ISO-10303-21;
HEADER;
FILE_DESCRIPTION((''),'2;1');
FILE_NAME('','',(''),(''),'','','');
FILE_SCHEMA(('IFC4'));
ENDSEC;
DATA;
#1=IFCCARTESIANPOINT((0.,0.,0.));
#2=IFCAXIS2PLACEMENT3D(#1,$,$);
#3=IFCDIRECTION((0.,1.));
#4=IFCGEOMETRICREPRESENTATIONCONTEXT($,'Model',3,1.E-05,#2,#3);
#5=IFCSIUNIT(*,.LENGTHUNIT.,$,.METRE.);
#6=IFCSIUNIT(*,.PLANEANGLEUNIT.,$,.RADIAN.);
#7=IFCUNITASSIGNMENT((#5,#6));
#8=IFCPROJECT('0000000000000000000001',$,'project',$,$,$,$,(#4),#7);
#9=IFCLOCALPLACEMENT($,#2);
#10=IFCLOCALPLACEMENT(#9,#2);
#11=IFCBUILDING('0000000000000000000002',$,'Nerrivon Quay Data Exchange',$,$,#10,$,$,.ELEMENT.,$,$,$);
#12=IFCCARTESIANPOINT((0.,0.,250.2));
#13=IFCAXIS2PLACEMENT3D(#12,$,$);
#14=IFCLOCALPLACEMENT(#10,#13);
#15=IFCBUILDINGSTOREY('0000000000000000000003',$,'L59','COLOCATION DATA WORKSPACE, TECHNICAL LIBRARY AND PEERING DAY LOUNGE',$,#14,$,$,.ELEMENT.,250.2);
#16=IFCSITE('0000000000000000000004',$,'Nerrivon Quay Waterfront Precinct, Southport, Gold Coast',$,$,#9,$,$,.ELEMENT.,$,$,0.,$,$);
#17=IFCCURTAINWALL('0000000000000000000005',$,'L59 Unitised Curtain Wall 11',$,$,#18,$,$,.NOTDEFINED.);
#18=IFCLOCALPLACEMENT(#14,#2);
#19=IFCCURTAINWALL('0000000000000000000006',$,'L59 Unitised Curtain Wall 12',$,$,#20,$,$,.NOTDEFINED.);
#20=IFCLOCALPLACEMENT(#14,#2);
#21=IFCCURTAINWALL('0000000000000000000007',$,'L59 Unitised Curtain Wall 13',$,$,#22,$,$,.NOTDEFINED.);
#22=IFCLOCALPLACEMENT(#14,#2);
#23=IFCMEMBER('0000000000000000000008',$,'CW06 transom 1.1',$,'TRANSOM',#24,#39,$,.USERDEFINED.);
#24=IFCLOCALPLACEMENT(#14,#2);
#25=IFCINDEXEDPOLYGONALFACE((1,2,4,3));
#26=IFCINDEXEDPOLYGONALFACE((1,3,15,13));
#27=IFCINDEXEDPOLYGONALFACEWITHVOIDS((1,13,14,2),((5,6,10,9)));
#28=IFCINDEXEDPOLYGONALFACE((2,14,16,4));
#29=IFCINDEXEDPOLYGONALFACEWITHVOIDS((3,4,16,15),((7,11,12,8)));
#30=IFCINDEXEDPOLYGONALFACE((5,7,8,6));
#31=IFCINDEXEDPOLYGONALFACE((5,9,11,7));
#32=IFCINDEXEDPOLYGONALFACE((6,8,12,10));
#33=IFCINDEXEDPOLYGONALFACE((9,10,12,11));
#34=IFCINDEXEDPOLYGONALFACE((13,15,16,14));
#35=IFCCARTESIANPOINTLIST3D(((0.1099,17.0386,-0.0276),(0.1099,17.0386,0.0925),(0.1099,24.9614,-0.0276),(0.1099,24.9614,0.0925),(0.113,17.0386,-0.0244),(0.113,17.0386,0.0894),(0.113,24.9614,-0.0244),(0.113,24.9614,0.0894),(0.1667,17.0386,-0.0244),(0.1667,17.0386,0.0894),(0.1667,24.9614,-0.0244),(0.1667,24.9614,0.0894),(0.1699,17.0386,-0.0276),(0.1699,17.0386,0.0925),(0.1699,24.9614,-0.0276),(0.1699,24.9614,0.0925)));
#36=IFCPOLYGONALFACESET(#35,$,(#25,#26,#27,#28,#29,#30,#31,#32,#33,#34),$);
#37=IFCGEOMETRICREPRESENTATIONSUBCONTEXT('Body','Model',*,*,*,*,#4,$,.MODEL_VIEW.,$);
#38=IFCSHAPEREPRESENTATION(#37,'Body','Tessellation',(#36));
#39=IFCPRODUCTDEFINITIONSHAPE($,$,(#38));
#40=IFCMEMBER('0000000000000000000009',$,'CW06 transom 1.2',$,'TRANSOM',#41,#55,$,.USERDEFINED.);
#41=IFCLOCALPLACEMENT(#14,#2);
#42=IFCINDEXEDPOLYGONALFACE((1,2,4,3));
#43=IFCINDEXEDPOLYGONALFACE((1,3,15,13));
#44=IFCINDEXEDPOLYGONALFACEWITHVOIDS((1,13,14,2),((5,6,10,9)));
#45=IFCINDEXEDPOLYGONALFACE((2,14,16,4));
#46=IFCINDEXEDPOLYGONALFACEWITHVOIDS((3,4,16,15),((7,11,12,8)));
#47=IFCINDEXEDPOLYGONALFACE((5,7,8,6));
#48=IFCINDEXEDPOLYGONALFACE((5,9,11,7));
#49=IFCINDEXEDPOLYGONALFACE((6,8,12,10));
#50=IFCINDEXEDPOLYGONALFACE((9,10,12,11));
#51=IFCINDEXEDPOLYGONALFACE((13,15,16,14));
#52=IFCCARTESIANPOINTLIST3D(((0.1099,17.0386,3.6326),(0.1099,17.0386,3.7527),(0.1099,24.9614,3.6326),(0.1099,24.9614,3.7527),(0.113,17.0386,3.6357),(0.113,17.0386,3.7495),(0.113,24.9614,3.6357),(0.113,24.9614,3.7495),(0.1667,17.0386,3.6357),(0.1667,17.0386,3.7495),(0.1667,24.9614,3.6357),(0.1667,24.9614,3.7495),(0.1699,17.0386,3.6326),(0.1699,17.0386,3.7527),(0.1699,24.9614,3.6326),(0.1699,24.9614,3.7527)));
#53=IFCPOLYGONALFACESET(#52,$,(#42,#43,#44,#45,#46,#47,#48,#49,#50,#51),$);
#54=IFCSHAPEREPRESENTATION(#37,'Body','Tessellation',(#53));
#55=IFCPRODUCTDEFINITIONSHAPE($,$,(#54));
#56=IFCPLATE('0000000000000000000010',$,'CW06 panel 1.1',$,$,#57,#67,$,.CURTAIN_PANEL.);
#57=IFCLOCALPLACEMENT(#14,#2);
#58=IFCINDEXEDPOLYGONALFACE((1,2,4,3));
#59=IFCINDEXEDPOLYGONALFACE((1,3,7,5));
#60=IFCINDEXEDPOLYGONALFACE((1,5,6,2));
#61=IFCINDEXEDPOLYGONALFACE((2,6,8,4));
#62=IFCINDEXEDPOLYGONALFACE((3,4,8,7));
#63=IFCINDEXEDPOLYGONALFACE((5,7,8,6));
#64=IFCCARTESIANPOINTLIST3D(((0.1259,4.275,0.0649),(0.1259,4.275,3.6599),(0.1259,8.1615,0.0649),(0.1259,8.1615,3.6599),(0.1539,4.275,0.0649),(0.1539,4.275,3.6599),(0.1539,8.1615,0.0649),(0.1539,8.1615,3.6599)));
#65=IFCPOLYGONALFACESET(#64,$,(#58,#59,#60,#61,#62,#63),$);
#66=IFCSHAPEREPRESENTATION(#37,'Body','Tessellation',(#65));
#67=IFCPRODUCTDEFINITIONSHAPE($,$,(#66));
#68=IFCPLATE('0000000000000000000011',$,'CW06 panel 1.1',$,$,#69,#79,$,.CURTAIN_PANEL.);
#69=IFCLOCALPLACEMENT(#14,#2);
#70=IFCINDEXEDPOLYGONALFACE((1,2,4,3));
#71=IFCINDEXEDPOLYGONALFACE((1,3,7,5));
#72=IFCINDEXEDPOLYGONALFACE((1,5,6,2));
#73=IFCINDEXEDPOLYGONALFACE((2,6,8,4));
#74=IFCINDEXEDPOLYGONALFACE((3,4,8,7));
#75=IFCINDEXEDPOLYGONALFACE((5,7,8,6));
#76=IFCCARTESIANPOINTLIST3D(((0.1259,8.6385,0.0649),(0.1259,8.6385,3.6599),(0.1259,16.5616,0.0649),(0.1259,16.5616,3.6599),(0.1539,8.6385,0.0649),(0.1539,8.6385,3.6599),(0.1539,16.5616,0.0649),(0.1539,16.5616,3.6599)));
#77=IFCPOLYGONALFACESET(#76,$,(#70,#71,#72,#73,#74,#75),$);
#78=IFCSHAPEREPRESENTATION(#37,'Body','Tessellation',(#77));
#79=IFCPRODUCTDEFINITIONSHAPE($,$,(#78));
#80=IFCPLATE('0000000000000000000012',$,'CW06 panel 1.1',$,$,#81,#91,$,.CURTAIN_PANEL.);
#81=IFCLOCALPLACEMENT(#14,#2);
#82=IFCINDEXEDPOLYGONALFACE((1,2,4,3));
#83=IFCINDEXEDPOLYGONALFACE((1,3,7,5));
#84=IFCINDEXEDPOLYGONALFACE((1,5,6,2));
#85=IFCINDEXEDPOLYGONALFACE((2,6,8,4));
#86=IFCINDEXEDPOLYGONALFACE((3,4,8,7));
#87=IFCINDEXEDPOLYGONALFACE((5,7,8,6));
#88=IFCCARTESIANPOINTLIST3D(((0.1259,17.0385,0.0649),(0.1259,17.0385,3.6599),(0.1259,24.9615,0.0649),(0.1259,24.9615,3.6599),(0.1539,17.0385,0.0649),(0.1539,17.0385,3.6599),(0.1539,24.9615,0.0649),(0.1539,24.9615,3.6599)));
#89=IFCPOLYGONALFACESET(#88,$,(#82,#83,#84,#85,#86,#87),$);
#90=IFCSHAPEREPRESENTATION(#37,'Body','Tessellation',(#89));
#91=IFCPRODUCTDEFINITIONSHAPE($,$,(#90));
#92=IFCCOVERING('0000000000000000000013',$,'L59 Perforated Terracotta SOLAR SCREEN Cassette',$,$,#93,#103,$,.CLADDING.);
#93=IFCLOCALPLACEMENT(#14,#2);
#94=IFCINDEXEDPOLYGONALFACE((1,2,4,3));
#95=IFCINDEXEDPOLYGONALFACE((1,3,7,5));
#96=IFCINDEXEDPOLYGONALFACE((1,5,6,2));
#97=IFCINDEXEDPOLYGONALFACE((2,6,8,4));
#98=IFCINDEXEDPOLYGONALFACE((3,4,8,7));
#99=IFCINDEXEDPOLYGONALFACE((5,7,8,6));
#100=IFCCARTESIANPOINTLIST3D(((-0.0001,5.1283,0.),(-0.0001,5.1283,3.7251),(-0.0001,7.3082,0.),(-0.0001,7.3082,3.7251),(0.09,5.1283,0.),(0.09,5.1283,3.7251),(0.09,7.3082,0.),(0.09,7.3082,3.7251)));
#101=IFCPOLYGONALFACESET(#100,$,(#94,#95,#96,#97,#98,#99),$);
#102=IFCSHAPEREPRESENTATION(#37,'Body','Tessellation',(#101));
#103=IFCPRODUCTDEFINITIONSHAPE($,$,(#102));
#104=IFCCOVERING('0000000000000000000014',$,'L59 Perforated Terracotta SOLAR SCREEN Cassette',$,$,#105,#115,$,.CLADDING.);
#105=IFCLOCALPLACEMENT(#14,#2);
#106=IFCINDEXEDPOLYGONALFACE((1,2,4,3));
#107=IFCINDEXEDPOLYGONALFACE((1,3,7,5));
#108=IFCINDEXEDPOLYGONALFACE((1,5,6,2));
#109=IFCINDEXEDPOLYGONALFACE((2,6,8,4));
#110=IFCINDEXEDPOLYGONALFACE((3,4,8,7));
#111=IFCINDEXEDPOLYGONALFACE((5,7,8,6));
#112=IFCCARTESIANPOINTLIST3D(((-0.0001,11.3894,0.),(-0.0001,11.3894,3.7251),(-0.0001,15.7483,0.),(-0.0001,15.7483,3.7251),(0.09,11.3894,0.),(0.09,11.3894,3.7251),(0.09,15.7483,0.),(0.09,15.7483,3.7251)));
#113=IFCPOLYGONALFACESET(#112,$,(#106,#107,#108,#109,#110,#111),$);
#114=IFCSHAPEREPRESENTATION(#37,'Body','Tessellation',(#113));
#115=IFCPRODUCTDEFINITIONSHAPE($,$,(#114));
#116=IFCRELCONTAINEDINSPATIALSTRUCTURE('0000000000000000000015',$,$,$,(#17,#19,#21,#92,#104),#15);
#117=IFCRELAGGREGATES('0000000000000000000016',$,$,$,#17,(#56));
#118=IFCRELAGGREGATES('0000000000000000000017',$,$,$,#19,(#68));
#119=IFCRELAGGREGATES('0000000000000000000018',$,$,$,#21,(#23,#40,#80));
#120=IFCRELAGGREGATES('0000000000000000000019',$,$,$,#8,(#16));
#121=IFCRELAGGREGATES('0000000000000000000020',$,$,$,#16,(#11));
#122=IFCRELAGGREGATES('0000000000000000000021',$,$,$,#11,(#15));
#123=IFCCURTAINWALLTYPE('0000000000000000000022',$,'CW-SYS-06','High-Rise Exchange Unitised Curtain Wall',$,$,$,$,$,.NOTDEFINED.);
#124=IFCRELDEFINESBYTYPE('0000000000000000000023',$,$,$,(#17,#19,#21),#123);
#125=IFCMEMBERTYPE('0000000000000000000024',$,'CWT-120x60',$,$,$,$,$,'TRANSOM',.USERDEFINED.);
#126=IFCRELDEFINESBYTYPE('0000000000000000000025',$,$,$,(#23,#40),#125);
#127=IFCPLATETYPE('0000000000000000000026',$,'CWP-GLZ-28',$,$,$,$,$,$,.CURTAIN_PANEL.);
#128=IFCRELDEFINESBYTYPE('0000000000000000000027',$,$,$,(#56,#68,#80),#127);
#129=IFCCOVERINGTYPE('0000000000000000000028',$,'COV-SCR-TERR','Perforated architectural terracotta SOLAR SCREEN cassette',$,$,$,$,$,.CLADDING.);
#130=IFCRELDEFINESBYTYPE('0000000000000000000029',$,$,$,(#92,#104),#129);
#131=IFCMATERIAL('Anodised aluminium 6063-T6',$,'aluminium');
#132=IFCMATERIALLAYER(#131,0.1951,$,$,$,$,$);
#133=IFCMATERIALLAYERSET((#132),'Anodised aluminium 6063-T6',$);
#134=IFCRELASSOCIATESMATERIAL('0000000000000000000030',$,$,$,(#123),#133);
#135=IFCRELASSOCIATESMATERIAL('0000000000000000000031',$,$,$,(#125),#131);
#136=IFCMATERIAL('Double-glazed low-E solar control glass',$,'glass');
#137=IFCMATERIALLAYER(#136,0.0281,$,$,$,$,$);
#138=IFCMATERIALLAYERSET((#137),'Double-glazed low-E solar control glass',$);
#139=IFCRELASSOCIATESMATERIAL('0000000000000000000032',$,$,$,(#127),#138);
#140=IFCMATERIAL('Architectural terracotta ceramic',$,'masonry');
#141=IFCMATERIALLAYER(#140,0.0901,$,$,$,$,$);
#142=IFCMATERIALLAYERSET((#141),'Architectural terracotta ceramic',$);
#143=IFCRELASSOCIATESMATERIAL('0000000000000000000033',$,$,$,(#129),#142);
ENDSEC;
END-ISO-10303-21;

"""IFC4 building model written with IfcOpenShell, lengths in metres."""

from ifc_helpers import new_model, si_unit, direction, frame, origin, origin_2d, place, context, subcontext, project, spatial, rectangle, hollow_rectangle, extrude, material, layer, layer_set, material_profile, profile_set, type_object, element, aggregate, save


model = new_model("IFC4")

# Units and contexts
model_context = context("Model", 3, precision=1e-05, world=origin(), true_north=direction((0.0, 1.0)))
body_context = subcontext(model_context, "Body", "Model", "MODEL_VIEW")
ifc_project = project(units=[si_unit("LENGTHUNIT", "METRE"), si_unit("PLANEANGLEUNIT", "RADIAN")], contexts=[model_context])

# Site, building, storey
site_placement = place(None, origin())
site = spatial("IfcSite", under=ifc_project, at=site_placement, Name="Nerrivon Quay Waterfront Precinct, Southport, Gold Coast", CompositionType="ELEMENT", RefElevation=0.0)
building_placement = place(site_placement, origin())
building = spatial("IfcBuilding", under=site, at=building_placement, Name="Nerrivon Quay Data Exchange", CompositionType="ELEMENT")
storey_placement = place(building_placement, frame((0.0, 0.0, 250.2)))
storey = spatial("IfcBuildingStorey", under=building, at=storey_placement, Name="L59", Description="COLOCATION DATA WORKSPACE, TECHNICAL LIBRARY AND PEERING DAY LOUNGE", CompositionType="ELEMENT", Elevation=250.2)

# Curtain wall
ifc_material_1 = material(Name="Anodised aluminium 6063-T6", Category="aluminium")
ifc_layer_1 = layer(ifc_material_1, 0.1951)
ifc_layer_set_1 = layer_set([ifc_layer_1], Name="Anodised aluminium 6063-T6")
curtain_wall_type = type_object("IfcCurtainWallType", Name="CW-SYS-06", Description="High-Rise Exchange Unitised Curtain Wall", PredefinedType="NOTDEFINED", material=ifc_layer_set_1)
curtain_wall_1_placement = place(storey_placement, origin())
curtain_wall_1 = element("IfcCurtainWall", 1, at=curtain_wall_1_placement, inside=storey, type_object=curtain_wall_type, Name="L59 Unitised Curtain Wall 11", PredefinedType="NOTDEFINED")

# Curtain wall
curtain_wall_2_placement = place(storey_placement, origin())
curtain_wall_2 = element("IfcCurtainWall", 2, at=curtain_wall_2_placement, inside=storey, type_object=curtain_wall_type, Name="L59 Unitised Curtain Wall 12", PredefinedType="NOTDEFINED")

# Curtain wall
curtain_wall_3_placement = place(storey_placement, origin())
curtain_wall_3 = element("IfcCurtainWall", 3, at=curtain_wall_3_placement, inside=storey, type_object=curtain_wall_type, Name="L59 Unitised Curtain Wall 13", PredefinedType="NOTDEFINED")

# Members
ifc_material_profile_1 = material_profile(ifc_material_1, hollow_rectangle(XDim=0.0601, YDim=0.1201, WallThickness=0.0032, at=origin_2d()), Name="ALU-TRAN-120x60")
ifc_profile_set_1 = profile_set([ifc_material_profile_1], Name="Anodised aluminium 6063-T6")
member_type_1 = type_object("IfcMemberType", Name="CWT-120x60", ElementType="TRANSOM", PredefinedType="USERDEFINED", material=ifc_profile_set_1)
member_1_placement = place(storey_placement, frame((0.1399, 17.0386, 0.0325), z_axis=(0.0, 1.0, 0.0), x_axis=(-1.0, 0.0, 0.0)))
member_1 = element("IfcMember", 4, at=member_1_placement, type_object=member_type_1, Name="CW06 transom 1.1", ObjectType="TRANSOM", PredefinedType="USERDEFINED", context=body_context, shape_type="SweptSolid", body=[
    extrude(hollow_rectangle(XDim=0.0601, YDim=0.1201, WallThickness=0.0032, at=origin_2d()), origin(), (0.0, 0.0, 1.0), 7.9229),
])
member_2_placement = place(storey_placement, frame((0.1399, 17.0386, 3.6926), z_axis=(0.0, 1.0, 0.0), x_axis=(-1.0, 0.0, 0.0)))
member_2 = element("IfcMember", 5, at=member_2_placement, type_object=member_type_1, Name="CW06 transom 1.2", ObjectType="TRANSOM", PredefinedType="USERDEFINED", context=body_context, shape_type="SweptSolid", body=[
    extrude(hollow_rectangle(XDim=0.0601, YDim=0.1201, WallThickness=0.0032, at=origin_2d()), origin(), (0.0, 0.0, 1.0), 7.9229),
])

# Plates
ifc_material_2 = material(Name="Double-glazed low-E solar control glass", Category="glass")
ifc_layer_2 = layer(ifc_material_2, 0.0281)
ifc_layer_set_2 = layer_set([ifc_layer_2], Name="Double-glazed low-E solar control glass")
plate_type = type_object("IfcPlateType", Name="CWP-GLZ-28", PredefinedType="CURTAIN_PANEL", material=ifc_layer_set_2)
plate_1_placement = place(storey_placement, frame((0.1399, 6.2183, 0.0649), z_axis=(0.0, 0.0, 1.0), x_axis=(0.0, 1.0, 0.0)))
plate_1 = element("IfcPlate", 6, at=plate_1_placement, type_object=plate_type, Name="CW06 panel 1.1", PredefinedType="CURTAIN_PANEL", context=body_context, shape_type="SweptSolid", body=[
    extrude(rectangle(XDim=3.8865, YDim=0.0281, at=origin_2d()), origin(), (0.0, 0.0, 1.0), 3.595),
])
aggregate(curtain_wall_1, [plate_1])
plate_2_placement = place(storey_placement, frame((0.1399, 12.6001, 0.0649), z_axis=(0.0, 0.0, 1.0), x_axis=(0.0, 1.0, 0.0)))
plate_2 = element("IfcPlate", 7, at=plate_2_placement, type_object=plate_type, Name="CW06 panel 1.1", PredefinedType="CURTAIN_PANEL", context=body_context, shape_type="SweptSolid", body=[
    extrude(rectangle(XDim=7.9231, YDim=0.0281, at=origin_2d()), origin(), (0.0, 0.0, 1.0), 3.595),
])
aggregate(curtain_wall_2, [plate_2])
plate_3_placement = place(storey_placement, frame((0.1399, 21.0, 0.0649), z_axis=(0.0, 0.0, 1.0), x_axis=(0.0, 1.0, 0.0)))
plate_3 = element("IfcPlate", 8, at=plate_3_placement, type_object=plate_type, Name="CW06 panel 1.1", PredefinedType="CURTAIN_PANEL", context=body_context, shape_type="SweptSolid", body=[
    extrude(rectangle(XDim=7.9231, YDim=0.0281, at=origin_2d()), origin(), (0.0, 0.0, 1.0), 3.595),
])
aggregate(curtain_wall_3, [member_1, member_2, plate_3])

# Coverings
ifc_material_3 = material(Name="Architectural terracotta ceramic", Category="masonry")
ifc_layer_3 = layer(ifc_material_3, 0.0901)
ifc_layer_set_3 = layer_set([ifc_layer_3], Name="Architectural terracotta ceramic")
covering_type = type_object("IfcCoveringType", Name="COV-SCR-TERR", Description="Perforated architectural terracotta SOLAR SCREEN cassette", PredefinedType="CLADDING", material=ifc_layer_set_3)
covering_1_placement = place(storey_placement, frame((0.0449, 6.2183, 0.0), z_axis=(0.0, 0.0, 1.0), x_axis=(0.0, 1.0, 0.0)))
element("IfcCovering", 9, at=covering_1_placement, inside=storey, type_object=covering_type, Name="L59 Perforated Terracotta SOLAR SCREEN Cassette", PredefinedType="CLADDING", context=body_context, shape_type="SweptSolid", body=[
    extrude(rectangle(XDim=2.1799, YDim=0.0901, at=origin_2d()), origin(), (0.0, 0.0, 1.0), 3.7251),
])
covering_2_placement = place(storey_placement, frame((0.0449, 13.5688, 0.0), z_axis=(0.0, 0.0, 1.0), x_axis=(0.0, 1.0, 0.0)))
element("IfcCovering", 10, at=covering_2_placement, inside=storey, type_object=covering_type, Name="L59 Perforated Terracotta SOLAR SCREEN Cassette", PredefinedType="CLADDING", context=body_context, shape_type="SweptSolid", body=[
    extrude(rectangle(XDim=4.3589, YDim=0.0901, at=origin_2d()), origin(), (0.0, 0.0, 1.0), 3.7251),
])

save(model, "model.ifc")
